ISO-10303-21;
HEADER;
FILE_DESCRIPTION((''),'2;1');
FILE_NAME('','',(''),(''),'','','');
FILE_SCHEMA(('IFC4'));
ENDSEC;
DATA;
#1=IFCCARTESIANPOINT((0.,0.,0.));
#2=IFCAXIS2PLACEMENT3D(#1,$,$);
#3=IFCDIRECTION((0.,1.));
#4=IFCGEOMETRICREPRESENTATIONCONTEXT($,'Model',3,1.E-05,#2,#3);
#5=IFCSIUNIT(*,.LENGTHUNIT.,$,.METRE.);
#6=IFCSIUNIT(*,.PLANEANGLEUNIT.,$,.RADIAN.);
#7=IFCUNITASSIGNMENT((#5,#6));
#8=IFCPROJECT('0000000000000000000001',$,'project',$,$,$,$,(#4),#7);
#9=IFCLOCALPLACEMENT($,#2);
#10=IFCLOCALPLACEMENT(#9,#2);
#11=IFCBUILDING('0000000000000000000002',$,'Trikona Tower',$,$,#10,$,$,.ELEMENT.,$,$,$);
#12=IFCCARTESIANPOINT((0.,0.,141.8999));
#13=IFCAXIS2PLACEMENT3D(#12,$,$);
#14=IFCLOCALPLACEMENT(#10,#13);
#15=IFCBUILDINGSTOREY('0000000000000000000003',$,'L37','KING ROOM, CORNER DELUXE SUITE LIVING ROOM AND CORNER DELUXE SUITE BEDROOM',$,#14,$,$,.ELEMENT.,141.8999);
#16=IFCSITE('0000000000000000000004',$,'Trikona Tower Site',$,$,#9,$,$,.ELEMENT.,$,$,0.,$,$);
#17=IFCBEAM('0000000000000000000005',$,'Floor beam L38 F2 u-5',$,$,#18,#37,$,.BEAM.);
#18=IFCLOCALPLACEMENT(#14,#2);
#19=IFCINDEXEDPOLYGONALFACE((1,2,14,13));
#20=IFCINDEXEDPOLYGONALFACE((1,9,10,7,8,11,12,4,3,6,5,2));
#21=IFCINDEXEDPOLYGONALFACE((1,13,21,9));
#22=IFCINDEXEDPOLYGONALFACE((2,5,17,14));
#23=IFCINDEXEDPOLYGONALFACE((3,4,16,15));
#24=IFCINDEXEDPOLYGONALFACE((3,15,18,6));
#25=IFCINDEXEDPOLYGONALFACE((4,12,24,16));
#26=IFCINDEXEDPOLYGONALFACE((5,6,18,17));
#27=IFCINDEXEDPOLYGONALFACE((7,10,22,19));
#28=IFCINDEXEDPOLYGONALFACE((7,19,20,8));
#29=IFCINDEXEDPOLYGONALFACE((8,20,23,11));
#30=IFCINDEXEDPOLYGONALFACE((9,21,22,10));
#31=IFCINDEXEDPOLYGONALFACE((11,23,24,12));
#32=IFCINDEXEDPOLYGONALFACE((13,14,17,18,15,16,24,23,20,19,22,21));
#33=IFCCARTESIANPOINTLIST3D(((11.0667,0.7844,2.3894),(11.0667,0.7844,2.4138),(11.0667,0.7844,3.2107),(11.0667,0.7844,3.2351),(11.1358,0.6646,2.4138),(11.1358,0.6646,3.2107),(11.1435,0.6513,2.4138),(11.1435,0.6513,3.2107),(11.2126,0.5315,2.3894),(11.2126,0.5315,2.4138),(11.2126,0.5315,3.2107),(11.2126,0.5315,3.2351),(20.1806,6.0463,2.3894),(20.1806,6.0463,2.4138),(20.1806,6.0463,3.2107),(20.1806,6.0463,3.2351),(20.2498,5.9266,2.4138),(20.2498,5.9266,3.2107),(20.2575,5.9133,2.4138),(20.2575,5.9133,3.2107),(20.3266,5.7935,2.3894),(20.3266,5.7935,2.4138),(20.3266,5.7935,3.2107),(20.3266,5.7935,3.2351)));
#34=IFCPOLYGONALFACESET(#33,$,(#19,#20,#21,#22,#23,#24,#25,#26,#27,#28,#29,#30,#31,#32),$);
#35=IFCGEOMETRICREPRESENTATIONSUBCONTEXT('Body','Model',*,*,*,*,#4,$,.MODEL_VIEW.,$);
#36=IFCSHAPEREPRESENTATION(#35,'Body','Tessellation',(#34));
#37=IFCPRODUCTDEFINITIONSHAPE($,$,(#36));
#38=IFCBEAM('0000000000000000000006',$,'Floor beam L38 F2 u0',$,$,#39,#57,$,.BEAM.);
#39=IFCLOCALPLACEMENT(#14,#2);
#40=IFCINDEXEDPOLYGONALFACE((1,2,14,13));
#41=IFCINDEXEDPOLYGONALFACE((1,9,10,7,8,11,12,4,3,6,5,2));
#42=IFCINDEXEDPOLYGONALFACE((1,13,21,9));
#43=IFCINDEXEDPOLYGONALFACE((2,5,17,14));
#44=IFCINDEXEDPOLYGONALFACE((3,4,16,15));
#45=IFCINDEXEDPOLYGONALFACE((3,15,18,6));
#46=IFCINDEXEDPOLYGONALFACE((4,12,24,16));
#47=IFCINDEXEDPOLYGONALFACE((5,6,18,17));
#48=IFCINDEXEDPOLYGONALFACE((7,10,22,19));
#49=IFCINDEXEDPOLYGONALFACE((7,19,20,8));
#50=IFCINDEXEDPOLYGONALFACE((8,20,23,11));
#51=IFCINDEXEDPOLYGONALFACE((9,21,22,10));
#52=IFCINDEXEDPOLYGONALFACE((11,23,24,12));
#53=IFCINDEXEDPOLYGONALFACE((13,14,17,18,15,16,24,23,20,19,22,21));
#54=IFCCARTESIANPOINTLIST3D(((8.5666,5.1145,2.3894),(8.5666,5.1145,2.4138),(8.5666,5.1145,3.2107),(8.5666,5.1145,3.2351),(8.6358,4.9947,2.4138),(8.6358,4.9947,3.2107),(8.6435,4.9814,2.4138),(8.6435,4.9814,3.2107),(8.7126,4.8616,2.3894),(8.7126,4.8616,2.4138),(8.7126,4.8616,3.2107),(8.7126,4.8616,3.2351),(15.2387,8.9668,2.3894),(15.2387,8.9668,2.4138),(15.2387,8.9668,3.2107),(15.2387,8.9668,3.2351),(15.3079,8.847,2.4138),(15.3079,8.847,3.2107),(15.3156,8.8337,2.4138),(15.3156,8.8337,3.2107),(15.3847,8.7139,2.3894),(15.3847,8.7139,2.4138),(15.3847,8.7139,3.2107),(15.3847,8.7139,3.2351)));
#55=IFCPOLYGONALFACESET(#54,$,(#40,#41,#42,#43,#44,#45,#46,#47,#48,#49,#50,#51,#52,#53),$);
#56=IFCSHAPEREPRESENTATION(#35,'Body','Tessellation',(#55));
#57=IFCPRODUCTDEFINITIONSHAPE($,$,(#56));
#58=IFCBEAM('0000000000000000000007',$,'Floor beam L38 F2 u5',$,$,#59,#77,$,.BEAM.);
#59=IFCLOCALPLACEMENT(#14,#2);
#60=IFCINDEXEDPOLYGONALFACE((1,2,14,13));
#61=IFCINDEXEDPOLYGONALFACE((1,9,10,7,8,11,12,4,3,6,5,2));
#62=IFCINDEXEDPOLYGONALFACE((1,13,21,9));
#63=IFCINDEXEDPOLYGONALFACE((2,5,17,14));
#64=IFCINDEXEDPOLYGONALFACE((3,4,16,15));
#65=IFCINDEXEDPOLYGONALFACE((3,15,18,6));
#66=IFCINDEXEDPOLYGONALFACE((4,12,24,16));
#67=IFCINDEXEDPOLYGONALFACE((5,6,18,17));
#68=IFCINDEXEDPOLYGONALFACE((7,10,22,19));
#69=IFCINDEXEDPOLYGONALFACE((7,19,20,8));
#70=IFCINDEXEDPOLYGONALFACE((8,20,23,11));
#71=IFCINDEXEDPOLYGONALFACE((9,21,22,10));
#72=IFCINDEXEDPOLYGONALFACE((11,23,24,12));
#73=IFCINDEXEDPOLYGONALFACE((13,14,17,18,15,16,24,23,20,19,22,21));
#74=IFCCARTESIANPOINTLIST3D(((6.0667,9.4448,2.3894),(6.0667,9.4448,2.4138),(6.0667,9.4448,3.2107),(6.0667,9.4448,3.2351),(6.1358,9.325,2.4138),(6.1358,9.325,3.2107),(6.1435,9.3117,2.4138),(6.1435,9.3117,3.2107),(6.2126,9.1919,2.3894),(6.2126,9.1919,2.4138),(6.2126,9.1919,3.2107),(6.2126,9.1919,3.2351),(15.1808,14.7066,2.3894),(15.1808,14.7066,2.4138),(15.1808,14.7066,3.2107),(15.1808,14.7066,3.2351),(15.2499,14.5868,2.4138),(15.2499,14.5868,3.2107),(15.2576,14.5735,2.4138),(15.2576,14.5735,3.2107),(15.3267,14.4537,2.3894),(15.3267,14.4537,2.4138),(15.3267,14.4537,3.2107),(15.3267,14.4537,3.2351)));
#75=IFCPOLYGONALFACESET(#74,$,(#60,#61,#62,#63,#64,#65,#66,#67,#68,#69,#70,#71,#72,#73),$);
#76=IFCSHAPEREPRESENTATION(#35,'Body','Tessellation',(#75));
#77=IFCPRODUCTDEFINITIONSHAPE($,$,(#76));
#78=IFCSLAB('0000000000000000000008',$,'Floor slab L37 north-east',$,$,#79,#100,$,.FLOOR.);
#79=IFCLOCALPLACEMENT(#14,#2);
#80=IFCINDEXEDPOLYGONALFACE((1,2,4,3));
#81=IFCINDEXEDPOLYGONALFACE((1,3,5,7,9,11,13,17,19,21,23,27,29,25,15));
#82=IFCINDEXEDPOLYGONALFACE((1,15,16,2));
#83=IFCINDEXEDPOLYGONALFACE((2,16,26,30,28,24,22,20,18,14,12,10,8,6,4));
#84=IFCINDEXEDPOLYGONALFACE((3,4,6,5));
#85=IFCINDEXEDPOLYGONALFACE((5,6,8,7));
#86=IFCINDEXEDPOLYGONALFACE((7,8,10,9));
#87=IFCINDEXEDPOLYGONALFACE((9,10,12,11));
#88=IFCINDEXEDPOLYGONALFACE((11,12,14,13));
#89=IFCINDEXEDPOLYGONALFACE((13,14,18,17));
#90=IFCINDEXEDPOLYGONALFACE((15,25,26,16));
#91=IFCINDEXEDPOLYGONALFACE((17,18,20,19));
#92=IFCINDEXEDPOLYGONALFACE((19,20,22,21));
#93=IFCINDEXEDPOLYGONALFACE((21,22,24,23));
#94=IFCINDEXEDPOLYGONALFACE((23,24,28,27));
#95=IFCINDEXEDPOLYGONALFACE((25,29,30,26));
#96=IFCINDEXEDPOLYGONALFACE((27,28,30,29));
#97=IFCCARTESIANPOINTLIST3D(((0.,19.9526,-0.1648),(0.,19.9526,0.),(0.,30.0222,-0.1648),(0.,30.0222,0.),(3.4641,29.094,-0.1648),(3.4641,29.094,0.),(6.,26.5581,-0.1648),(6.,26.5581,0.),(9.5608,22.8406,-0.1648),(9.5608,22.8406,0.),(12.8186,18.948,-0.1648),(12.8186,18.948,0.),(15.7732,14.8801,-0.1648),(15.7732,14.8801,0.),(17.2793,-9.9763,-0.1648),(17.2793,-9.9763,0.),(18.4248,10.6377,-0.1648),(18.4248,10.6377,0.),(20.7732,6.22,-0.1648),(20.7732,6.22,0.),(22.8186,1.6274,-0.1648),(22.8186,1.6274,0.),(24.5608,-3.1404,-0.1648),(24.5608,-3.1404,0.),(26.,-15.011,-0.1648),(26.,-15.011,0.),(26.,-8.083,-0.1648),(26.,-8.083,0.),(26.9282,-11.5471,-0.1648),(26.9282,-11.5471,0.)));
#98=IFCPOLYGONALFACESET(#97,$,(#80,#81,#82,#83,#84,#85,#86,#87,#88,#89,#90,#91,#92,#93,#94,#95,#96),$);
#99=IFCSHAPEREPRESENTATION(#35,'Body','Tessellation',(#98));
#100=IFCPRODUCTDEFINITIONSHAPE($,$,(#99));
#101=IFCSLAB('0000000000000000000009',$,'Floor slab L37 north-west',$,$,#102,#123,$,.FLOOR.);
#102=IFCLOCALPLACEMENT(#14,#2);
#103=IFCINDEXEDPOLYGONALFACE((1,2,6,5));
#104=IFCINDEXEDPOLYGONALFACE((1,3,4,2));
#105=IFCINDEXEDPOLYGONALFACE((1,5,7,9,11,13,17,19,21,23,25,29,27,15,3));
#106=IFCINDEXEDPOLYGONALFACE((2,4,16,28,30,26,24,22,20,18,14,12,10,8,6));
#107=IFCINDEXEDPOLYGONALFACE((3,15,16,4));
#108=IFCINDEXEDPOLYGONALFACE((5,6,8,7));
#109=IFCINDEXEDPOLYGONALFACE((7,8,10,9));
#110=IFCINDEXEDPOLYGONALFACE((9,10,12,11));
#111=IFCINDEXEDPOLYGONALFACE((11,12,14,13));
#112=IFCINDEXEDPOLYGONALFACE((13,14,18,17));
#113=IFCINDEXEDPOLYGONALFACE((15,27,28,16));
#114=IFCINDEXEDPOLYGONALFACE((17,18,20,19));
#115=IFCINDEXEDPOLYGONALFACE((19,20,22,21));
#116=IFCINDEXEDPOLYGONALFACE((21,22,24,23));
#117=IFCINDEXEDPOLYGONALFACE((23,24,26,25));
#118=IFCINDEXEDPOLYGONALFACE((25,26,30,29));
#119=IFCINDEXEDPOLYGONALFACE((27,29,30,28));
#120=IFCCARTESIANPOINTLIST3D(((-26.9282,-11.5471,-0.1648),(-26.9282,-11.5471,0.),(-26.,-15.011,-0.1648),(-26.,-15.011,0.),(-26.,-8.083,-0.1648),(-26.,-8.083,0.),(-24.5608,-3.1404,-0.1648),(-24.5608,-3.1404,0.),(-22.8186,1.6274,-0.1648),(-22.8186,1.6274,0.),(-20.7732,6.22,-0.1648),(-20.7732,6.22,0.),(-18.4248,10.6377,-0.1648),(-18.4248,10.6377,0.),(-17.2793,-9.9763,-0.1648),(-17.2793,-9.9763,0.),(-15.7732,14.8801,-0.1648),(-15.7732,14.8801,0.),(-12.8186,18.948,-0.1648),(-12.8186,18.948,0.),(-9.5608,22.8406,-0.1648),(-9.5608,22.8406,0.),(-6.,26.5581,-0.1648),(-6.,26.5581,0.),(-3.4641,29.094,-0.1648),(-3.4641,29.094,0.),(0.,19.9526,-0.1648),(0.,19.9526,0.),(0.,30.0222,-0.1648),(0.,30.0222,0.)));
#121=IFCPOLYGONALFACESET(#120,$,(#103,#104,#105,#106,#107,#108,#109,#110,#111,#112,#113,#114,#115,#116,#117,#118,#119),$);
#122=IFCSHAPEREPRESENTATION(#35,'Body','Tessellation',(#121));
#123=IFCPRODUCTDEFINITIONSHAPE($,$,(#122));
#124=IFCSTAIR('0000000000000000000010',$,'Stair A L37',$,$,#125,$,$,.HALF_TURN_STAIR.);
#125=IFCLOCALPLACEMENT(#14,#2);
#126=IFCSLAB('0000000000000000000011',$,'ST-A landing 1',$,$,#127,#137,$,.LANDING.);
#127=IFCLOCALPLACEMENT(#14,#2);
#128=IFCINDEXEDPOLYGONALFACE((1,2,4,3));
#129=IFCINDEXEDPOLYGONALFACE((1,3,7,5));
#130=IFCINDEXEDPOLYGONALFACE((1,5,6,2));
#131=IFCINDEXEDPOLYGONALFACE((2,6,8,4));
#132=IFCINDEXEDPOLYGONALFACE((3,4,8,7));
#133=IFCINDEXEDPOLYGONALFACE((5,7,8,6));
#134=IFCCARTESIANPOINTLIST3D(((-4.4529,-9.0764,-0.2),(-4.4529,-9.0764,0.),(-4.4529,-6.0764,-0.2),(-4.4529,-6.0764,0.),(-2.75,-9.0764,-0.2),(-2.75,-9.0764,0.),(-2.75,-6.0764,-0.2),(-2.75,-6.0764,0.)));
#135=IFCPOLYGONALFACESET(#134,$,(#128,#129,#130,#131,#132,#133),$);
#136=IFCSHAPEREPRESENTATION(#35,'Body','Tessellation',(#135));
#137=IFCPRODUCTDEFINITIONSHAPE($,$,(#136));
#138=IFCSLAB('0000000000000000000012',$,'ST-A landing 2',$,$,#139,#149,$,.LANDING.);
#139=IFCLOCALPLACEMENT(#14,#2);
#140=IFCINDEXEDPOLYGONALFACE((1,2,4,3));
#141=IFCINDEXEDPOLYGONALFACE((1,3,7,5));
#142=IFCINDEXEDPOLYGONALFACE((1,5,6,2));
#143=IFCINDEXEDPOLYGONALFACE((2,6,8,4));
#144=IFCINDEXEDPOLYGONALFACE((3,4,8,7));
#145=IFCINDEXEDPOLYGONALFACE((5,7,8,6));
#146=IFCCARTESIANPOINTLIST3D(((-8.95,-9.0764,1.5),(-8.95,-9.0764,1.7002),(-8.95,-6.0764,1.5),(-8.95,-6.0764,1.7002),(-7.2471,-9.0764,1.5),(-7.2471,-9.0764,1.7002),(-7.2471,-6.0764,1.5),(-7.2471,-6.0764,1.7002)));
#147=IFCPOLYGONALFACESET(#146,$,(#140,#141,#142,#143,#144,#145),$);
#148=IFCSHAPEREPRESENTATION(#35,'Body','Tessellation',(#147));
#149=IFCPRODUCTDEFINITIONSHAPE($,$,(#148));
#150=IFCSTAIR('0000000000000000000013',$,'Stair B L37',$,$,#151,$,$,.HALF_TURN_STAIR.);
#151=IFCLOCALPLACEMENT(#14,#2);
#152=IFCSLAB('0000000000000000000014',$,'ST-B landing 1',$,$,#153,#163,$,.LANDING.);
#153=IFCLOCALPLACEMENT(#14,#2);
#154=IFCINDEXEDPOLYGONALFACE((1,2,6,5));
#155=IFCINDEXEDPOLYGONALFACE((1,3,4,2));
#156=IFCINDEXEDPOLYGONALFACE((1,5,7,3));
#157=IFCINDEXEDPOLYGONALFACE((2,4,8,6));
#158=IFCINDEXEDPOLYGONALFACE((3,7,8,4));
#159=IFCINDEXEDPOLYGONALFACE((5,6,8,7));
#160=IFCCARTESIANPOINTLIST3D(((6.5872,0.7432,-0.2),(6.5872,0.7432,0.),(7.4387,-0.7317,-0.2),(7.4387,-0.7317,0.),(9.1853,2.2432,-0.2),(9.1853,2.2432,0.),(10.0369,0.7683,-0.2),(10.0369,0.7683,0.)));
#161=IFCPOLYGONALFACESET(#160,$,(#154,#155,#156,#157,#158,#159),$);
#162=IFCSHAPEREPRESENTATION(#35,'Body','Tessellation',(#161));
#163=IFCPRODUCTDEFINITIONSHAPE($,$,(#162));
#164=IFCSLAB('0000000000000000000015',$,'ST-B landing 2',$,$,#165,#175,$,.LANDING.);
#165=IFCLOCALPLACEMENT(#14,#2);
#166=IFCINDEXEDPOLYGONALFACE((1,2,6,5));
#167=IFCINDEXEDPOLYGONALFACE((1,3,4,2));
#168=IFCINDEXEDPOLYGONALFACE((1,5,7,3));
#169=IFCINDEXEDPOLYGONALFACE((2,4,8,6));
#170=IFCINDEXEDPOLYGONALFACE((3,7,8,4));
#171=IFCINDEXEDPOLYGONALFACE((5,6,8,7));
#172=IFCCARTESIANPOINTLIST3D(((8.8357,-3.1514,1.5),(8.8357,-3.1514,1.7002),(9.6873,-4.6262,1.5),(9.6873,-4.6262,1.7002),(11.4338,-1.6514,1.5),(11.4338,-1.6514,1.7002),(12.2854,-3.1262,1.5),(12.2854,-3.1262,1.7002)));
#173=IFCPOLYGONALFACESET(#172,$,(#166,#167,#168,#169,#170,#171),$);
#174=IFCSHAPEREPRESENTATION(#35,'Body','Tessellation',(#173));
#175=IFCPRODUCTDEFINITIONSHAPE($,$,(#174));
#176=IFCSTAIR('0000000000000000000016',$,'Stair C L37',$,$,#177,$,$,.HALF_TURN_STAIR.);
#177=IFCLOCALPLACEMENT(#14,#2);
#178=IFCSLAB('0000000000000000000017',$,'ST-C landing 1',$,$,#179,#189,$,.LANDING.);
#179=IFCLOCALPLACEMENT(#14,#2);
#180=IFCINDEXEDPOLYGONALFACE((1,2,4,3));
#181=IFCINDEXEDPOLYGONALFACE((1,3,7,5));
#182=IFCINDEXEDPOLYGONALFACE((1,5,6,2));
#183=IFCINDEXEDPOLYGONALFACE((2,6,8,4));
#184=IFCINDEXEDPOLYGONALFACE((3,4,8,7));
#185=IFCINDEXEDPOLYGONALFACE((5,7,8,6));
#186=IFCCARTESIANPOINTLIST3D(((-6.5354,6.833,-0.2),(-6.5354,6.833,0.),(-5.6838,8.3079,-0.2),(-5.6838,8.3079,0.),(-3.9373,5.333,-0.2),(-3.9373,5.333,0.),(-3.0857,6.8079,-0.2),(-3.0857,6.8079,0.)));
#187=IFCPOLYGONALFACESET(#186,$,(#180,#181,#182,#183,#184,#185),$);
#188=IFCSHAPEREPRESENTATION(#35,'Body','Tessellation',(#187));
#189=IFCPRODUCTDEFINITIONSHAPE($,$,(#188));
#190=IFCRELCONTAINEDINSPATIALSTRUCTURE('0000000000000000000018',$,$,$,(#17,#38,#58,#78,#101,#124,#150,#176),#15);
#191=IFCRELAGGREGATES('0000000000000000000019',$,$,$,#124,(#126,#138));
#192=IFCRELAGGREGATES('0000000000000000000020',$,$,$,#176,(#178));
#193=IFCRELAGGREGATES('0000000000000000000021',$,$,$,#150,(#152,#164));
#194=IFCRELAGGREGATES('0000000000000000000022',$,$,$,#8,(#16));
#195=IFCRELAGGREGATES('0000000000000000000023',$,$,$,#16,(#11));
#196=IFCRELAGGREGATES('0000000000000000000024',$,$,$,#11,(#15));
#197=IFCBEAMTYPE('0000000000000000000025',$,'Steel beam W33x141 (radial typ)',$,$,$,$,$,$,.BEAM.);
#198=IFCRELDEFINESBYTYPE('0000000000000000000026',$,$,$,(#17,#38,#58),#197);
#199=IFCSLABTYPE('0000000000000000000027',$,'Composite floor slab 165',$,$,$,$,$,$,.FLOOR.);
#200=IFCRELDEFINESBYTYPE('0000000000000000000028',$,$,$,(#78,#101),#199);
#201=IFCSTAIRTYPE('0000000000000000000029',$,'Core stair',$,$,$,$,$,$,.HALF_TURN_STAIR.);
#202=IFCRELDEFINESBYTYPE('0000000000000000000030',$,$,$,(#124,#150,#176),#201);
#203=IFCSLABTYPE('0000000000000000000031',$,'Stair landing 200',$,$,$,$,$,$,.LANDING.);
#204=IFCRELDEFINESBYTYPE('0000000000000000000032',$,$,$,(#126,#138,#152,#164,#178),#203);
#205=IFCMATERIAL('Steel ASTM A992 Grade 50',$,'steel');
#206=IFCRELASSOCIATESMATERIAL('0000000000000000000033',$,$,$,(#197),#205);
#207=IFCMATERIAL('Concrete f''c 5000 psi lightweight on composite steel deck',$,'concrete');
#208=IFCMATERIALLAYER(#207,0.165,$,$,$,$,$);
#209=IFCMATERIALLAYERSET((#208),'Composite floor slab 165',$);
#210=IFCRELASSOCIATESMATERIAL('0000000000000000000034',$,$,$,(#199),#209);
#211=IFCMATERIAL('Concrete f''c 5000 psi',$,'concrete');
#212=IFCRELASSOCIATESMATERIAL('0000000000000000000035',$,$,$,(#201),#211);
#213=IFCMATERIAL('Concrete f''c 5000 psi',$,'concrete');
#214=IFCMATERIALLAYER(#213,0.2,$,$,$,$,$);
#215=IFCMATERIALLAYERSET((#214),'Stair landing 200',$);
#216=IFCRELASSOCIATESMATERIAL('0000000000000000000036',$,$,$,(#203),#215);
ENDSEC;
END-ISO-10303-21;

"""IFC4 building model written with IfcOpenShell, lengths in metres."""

from ifc_helpers import new_model, si_unit, direction, frame, origin, origin_2d, place, context, subcontext, project, spatial, polyline, i_section, outline, extrude, material, layer, layer_set, material_profile, profile_set, type_object, element, aggregate, save


model = new_model("IFC4")

# Units and contexts
model_context = context("Model", 3, precision=1e-05, world=origin(), true_north=direction((0.0, 1.0)))
body_context = subcontext(model_context, "Body", "Model", "MODEL_VIEW")
ifc_project = project(units=[si_unit("LENGTHUNIT", "METRE"), si_unit("PLANEANGLEUNIT", "RADIAN")], contexts=[model_context])

# Site, building, storey
site_placement = place(None, origin())
site = spatial("IfcSite", under=ifc_project, at=site_placement, Name="Trikona Tower Site", CompositionType="ELEMENT", RefElevation=0.0)
building_placement = place(site_placement, origin())
building = spatial("IfcBuilding", under=site, at=building_placement, Name="Trikona Tower", CompositionType="ELEMENT")
storey_placement = place(building_placement, frame((0.0, 0.0, 141.8999)))
storey = spatial("IfcBuildingStorey", under=building, at=storey_placement, Name="L37", Description="KING ROOM, CORNER DELUXE SUITE LIVING ROOM AND CORNER DELUXE SUITE BEDROOM", CompositionType="ELEMENT", Elevation=141.8999)

# Beams
ifc_material_1 = material(Name="Steel ASTM A992 Grade 50", Category="steel")
ifc_material_profile = material_profile(ifc_material_1, i_section(OverallWidth=0.292, OverallDepth=0.8457, WebThickness=0.0154, FlangeThickness=0.0244, at=origin_2d()), Name="W33X141")
ifc_profile_set = profile_set([ifc_material_profile], Name="Steel ASTM A992 Grade 50")
beam_type = type_object("IfcBeamType", Name="Steel beam W33x141 (radial typ)", PredefinedType="BEAM", material=ifc_profile_set)
beam_1_placement = place(storey_placement, frame((11.1396, 0.658, 2.8123), z_axis=(0.866026, 0.499999, 0.0), x_axis=(-0.499999, 0.866026, 0.0)))
element("IfcBeam", 1, at=beam_1_placement, inside=storey, type_object=beam_type, Name="Floor beam L38 F2 u-5", PredefinedType="BEAM", context=body_context, shape_type="SweptSolid", body=[
    extrude(i_section(OverallWidth=0.292, OverallDepth=0.8457, WebThickness=0.0154, FlangeThickness=0.0244, at=origin_2d()), origin(), (0.0, 0.0, 1.0), 10.5239),
])
beam_2_placement = place(storey_placement, frame((8.6396, 4.988, 2.8123), z_axis=(0.866017, 0.500014, 0.0), x_axis=(-0.500014, 0.866017, 0.0)))
element("IfcBeam", 2, at=beam_2_placement, inside=storey, type_object=beam_type, Name="Floor beam L38 F2 u0", PredefinedType="BEAM", context=body_context, shape_type="SweptSolid", body=[
    extrude(i_section(OverallWidth=0.292, OverallDepth=0.8457, WebThickness=0.0154, FlangeThickness=0.0244, at=origin_2d()), origin(), (0.0, 0.0, 1.0), 7.7043),
])
beam_3_placement = place(storey_placement, frame((6.1396, 9.3184, 2.8123), z_axis=(0.866036, 0.499982, 0.0), x_axis=(-0.499982, 0.866036, 0.0)))
element("IfcBeam", 3, at=beam_3_placement, inside=storey, type_object=beam_type, Name="Floor beam L38 F2 u5", PredefinedType="BEAM", context=body_context, shape_type="SweptSolid", body=[
    extrude(i_section(OverallWidth=0.292, OverallDepth=0.8457, WebThickness=0.0154, FlangeThickness=0.0244, at=origin_2d()), origin(), (0.0, 0.0, 1.0), 10.5239),
])

# Slabs
ifc_material_2 = material(Name="Concrete f'c 5000 psi lightweight on composite steel deck", Category="concrete")
ifc_layer_1 = layer(ifc_material_2, 0.165)
ifc_layer_set_1 = layer_set([ifc_layer_1], Name="Composite floor slab 165")
slab_type_1 = type_object("IfcSlabType", Name="Composite floor slab 165", PredefinedType="FLOOR", material=ifc_layer_set_1)
slab_1_placement = place(storey_placement, frame((0.0, 0.0, -0.1648)))
element("IfcSlab", 4, at=slab_1_placement, inside=storey, type_object=slab_type_1, Name="Floor slab L37 north-east", PredefinedType="FLOOR", context=body_context, shape_type="SweptSolid", body=[
    extrude(outline(polyline([(3.4641, 29.094), (0.0, 30.0222), (0.0, 19.9526), (17.2793, -9.9763), (26.0, -15.011), (26.9282, -11.5471), (26.0, -8.083), (24.5608, -3.1404), (22.8186, 1.6274), (20.7732, 6.22), (18.4248, 10.6377), (15.7732, 14.8801), (12.8186, 18.948), (9.5608, 22.8406), (6.0, 26.5581), (3.4641, 29.094)])), origin(), (0.0, 0.0, 1.0), 0.1648),
])
slab_2_placement = place(storey_placement, frame((0.0, 0.0, -0.1648)))
element("IfcSlab", 5, at=slab_2_placement, inside=storey, type_object=slab_type_1, Name="Floor slab L37 north-west", PredefinedType="FLOOR", context=body_context, shape_type="SweptSolid", body=[
    extrude(outline(polyline([(0.0, 19.9526), (0.0, 30.0222), (-3.4641, 29.094), (-6.0, 26.5581), (-9.5608, 22.8406), (-12.8186, 18.948), (-15.7732, 14.8801), (-18.4248, 10.6377), (-20.7732, 6.22), (-22.8186, 1.6274), (-24.5608, -3.1404), (-26.0, -8.083), (-26.9282, -11.5471), (-26.0, -15.011), (-17.2793, -9.9763), (0.0, 19.9526)])), origin(), (0.0, 0.0, 1.0), 0.1648),
])

# Stairs, slabs
ifc_material_3 = material(Name="Concrete f'c 5000 psi", Category="concrete")
stair_type = type_object("IfcStairType", Name="Core stair", PredefinedType="HALF_TURN_STAIR", material=ifc_material_3)
stair_1_placement = place(storey_placement, origin())
stair_1 = element("IfcStair", 6, at=stair_1_placement, inside=storey, type_object=stair_type, Name="Stair A L37", PredefinedType="HALF_TURN_STAIR")
ifc_material_4 = material(Name="Concrete f'c 5000 psi", Category="concrete")
ifc_layer_2 = layer(ifc_material_4, 0.2)
ifc_layer_set_2 = layer_set([ifc_layer_2], Name="Stair landing 200")
slab_type_2 = type_object("IfcSlabType", Name="Stair landing 200", PredefinedType="LANDING", material=ifc_layer_set_2)
slab_3_placement = place(storey_placement, frame((0.0, 0.0, -0.2)))
slab_3 = element("IfcSlab", 7, at=slab_3_placement, type_object=slab_type_2, Name="ST-A landing 1", PredefinedType="LANDING", context=body_context, shape_type="SweptSolid", body=[
    extrude(outline(polyline([(-4.4529, -6.0764), (-2.75, -6.0764), (-2.75, -9.0764), (-4.4529, -9.0764), (-4.4529, -6.0764)])), origin(), (0.0, 0.0, 1.0), 0.2),
])
slab_4_placement = place(storey_placement, frame((0.0, 0.0, 1.5)))
slab_4 = element("IfcSlab", 8, at=slab_4_placement, type_object=slab_type_2, Name="ST-A landing 2", PredefinedType="LANDING", context=body_context, shape_type="SweptSolid", body=[
    extrude(outline(polyline([(-8.95, -6.0764), (-7.2471, -6.0764), (-7.2471, -9.0764), (-8.95, -9.0764), (-8.95, -6.0764)])), origin(), (0.0, 0.0, 1.0), 0.2002),
])
aggregate(stair_1, [slab_3, slab_4])
stair_2_placement = place(storey_placement, origin())
stair_2 = element("IfcStair", 9, at=stair_2_placement, inside=storey, type_object=stair_type, Name="Stair B L37", PredefinedType="HALF_TURN_STAIR")
slab_5_placement = place(storey_placement, frame((0.0, 0.0, -0.2)))
slab_5 = element("IfcSlab", 10, at=slab_5_placement, type_object=slab_type_2, Name="ST-B landing 1", PredefinedType="LANDING", context=body_context, shape_type="SweptSolid", body=[
    extrude(outline(polyline([(7.4387, -0.7317), (6.5872, 0.7432), (9.1853, 2.2432), (10.0369, 0.7683), (7.4387, -0.7317)])), origin(), (0.0, 0.0, 1.0), 0.2),
])
slab_6_placement = place(storey_placement, frame((0.0, 0.0, 1.5)))
slab_6 = element("IfcSlab", 11, at=slab_6_placement, type_object=slab_type_2, Name="ST-B landing 2", PredefinedType="LANDING", context=body_context, shape_type="SweptSolid", body=[
    extrude(outline(polyline([(9.6873, -4.6262), (8.8357, -3.1514), (11.4338, -1.6514), (12.2854, -3.1262), (9.6873, -4.6262)])), origin(), (0.0, 0.0, 1.0), 0.2002),
])
stair_3_placement = place(storey_placement, origin())
stair_3 = element("IfcStair", 12, at=stair_3_placement, inside=storey, type_object=stair_type, Name="Stair C L37", PredefinedType="HALF_TURN_STAIR")
slab_7_placement = place(storey_placement, frame((0.0, 0.0, -0.2)))
slab_7 = element("IfcSlab", 13, at=slab_7_placement, type_object=slab_type_2, Name="ST-C landing 1", PredefinedType="LANDING", context=body_context, shape_type="SweptSolid", body=[
    extrude(outline(polyline([(-3.0857, 6.8079), (-3.9373, 5.333), (-6.5354, 6.833), (-5.6838, 8.3079), (-3.0857, 6.8079)])), origin(), (0.0, 0.0, 1.0), 0.2),
])
aggregate(stair_3, [slab_7])

aggregate(stair_2, [slab_5, slab_6])

save(model, "model.ifc")
